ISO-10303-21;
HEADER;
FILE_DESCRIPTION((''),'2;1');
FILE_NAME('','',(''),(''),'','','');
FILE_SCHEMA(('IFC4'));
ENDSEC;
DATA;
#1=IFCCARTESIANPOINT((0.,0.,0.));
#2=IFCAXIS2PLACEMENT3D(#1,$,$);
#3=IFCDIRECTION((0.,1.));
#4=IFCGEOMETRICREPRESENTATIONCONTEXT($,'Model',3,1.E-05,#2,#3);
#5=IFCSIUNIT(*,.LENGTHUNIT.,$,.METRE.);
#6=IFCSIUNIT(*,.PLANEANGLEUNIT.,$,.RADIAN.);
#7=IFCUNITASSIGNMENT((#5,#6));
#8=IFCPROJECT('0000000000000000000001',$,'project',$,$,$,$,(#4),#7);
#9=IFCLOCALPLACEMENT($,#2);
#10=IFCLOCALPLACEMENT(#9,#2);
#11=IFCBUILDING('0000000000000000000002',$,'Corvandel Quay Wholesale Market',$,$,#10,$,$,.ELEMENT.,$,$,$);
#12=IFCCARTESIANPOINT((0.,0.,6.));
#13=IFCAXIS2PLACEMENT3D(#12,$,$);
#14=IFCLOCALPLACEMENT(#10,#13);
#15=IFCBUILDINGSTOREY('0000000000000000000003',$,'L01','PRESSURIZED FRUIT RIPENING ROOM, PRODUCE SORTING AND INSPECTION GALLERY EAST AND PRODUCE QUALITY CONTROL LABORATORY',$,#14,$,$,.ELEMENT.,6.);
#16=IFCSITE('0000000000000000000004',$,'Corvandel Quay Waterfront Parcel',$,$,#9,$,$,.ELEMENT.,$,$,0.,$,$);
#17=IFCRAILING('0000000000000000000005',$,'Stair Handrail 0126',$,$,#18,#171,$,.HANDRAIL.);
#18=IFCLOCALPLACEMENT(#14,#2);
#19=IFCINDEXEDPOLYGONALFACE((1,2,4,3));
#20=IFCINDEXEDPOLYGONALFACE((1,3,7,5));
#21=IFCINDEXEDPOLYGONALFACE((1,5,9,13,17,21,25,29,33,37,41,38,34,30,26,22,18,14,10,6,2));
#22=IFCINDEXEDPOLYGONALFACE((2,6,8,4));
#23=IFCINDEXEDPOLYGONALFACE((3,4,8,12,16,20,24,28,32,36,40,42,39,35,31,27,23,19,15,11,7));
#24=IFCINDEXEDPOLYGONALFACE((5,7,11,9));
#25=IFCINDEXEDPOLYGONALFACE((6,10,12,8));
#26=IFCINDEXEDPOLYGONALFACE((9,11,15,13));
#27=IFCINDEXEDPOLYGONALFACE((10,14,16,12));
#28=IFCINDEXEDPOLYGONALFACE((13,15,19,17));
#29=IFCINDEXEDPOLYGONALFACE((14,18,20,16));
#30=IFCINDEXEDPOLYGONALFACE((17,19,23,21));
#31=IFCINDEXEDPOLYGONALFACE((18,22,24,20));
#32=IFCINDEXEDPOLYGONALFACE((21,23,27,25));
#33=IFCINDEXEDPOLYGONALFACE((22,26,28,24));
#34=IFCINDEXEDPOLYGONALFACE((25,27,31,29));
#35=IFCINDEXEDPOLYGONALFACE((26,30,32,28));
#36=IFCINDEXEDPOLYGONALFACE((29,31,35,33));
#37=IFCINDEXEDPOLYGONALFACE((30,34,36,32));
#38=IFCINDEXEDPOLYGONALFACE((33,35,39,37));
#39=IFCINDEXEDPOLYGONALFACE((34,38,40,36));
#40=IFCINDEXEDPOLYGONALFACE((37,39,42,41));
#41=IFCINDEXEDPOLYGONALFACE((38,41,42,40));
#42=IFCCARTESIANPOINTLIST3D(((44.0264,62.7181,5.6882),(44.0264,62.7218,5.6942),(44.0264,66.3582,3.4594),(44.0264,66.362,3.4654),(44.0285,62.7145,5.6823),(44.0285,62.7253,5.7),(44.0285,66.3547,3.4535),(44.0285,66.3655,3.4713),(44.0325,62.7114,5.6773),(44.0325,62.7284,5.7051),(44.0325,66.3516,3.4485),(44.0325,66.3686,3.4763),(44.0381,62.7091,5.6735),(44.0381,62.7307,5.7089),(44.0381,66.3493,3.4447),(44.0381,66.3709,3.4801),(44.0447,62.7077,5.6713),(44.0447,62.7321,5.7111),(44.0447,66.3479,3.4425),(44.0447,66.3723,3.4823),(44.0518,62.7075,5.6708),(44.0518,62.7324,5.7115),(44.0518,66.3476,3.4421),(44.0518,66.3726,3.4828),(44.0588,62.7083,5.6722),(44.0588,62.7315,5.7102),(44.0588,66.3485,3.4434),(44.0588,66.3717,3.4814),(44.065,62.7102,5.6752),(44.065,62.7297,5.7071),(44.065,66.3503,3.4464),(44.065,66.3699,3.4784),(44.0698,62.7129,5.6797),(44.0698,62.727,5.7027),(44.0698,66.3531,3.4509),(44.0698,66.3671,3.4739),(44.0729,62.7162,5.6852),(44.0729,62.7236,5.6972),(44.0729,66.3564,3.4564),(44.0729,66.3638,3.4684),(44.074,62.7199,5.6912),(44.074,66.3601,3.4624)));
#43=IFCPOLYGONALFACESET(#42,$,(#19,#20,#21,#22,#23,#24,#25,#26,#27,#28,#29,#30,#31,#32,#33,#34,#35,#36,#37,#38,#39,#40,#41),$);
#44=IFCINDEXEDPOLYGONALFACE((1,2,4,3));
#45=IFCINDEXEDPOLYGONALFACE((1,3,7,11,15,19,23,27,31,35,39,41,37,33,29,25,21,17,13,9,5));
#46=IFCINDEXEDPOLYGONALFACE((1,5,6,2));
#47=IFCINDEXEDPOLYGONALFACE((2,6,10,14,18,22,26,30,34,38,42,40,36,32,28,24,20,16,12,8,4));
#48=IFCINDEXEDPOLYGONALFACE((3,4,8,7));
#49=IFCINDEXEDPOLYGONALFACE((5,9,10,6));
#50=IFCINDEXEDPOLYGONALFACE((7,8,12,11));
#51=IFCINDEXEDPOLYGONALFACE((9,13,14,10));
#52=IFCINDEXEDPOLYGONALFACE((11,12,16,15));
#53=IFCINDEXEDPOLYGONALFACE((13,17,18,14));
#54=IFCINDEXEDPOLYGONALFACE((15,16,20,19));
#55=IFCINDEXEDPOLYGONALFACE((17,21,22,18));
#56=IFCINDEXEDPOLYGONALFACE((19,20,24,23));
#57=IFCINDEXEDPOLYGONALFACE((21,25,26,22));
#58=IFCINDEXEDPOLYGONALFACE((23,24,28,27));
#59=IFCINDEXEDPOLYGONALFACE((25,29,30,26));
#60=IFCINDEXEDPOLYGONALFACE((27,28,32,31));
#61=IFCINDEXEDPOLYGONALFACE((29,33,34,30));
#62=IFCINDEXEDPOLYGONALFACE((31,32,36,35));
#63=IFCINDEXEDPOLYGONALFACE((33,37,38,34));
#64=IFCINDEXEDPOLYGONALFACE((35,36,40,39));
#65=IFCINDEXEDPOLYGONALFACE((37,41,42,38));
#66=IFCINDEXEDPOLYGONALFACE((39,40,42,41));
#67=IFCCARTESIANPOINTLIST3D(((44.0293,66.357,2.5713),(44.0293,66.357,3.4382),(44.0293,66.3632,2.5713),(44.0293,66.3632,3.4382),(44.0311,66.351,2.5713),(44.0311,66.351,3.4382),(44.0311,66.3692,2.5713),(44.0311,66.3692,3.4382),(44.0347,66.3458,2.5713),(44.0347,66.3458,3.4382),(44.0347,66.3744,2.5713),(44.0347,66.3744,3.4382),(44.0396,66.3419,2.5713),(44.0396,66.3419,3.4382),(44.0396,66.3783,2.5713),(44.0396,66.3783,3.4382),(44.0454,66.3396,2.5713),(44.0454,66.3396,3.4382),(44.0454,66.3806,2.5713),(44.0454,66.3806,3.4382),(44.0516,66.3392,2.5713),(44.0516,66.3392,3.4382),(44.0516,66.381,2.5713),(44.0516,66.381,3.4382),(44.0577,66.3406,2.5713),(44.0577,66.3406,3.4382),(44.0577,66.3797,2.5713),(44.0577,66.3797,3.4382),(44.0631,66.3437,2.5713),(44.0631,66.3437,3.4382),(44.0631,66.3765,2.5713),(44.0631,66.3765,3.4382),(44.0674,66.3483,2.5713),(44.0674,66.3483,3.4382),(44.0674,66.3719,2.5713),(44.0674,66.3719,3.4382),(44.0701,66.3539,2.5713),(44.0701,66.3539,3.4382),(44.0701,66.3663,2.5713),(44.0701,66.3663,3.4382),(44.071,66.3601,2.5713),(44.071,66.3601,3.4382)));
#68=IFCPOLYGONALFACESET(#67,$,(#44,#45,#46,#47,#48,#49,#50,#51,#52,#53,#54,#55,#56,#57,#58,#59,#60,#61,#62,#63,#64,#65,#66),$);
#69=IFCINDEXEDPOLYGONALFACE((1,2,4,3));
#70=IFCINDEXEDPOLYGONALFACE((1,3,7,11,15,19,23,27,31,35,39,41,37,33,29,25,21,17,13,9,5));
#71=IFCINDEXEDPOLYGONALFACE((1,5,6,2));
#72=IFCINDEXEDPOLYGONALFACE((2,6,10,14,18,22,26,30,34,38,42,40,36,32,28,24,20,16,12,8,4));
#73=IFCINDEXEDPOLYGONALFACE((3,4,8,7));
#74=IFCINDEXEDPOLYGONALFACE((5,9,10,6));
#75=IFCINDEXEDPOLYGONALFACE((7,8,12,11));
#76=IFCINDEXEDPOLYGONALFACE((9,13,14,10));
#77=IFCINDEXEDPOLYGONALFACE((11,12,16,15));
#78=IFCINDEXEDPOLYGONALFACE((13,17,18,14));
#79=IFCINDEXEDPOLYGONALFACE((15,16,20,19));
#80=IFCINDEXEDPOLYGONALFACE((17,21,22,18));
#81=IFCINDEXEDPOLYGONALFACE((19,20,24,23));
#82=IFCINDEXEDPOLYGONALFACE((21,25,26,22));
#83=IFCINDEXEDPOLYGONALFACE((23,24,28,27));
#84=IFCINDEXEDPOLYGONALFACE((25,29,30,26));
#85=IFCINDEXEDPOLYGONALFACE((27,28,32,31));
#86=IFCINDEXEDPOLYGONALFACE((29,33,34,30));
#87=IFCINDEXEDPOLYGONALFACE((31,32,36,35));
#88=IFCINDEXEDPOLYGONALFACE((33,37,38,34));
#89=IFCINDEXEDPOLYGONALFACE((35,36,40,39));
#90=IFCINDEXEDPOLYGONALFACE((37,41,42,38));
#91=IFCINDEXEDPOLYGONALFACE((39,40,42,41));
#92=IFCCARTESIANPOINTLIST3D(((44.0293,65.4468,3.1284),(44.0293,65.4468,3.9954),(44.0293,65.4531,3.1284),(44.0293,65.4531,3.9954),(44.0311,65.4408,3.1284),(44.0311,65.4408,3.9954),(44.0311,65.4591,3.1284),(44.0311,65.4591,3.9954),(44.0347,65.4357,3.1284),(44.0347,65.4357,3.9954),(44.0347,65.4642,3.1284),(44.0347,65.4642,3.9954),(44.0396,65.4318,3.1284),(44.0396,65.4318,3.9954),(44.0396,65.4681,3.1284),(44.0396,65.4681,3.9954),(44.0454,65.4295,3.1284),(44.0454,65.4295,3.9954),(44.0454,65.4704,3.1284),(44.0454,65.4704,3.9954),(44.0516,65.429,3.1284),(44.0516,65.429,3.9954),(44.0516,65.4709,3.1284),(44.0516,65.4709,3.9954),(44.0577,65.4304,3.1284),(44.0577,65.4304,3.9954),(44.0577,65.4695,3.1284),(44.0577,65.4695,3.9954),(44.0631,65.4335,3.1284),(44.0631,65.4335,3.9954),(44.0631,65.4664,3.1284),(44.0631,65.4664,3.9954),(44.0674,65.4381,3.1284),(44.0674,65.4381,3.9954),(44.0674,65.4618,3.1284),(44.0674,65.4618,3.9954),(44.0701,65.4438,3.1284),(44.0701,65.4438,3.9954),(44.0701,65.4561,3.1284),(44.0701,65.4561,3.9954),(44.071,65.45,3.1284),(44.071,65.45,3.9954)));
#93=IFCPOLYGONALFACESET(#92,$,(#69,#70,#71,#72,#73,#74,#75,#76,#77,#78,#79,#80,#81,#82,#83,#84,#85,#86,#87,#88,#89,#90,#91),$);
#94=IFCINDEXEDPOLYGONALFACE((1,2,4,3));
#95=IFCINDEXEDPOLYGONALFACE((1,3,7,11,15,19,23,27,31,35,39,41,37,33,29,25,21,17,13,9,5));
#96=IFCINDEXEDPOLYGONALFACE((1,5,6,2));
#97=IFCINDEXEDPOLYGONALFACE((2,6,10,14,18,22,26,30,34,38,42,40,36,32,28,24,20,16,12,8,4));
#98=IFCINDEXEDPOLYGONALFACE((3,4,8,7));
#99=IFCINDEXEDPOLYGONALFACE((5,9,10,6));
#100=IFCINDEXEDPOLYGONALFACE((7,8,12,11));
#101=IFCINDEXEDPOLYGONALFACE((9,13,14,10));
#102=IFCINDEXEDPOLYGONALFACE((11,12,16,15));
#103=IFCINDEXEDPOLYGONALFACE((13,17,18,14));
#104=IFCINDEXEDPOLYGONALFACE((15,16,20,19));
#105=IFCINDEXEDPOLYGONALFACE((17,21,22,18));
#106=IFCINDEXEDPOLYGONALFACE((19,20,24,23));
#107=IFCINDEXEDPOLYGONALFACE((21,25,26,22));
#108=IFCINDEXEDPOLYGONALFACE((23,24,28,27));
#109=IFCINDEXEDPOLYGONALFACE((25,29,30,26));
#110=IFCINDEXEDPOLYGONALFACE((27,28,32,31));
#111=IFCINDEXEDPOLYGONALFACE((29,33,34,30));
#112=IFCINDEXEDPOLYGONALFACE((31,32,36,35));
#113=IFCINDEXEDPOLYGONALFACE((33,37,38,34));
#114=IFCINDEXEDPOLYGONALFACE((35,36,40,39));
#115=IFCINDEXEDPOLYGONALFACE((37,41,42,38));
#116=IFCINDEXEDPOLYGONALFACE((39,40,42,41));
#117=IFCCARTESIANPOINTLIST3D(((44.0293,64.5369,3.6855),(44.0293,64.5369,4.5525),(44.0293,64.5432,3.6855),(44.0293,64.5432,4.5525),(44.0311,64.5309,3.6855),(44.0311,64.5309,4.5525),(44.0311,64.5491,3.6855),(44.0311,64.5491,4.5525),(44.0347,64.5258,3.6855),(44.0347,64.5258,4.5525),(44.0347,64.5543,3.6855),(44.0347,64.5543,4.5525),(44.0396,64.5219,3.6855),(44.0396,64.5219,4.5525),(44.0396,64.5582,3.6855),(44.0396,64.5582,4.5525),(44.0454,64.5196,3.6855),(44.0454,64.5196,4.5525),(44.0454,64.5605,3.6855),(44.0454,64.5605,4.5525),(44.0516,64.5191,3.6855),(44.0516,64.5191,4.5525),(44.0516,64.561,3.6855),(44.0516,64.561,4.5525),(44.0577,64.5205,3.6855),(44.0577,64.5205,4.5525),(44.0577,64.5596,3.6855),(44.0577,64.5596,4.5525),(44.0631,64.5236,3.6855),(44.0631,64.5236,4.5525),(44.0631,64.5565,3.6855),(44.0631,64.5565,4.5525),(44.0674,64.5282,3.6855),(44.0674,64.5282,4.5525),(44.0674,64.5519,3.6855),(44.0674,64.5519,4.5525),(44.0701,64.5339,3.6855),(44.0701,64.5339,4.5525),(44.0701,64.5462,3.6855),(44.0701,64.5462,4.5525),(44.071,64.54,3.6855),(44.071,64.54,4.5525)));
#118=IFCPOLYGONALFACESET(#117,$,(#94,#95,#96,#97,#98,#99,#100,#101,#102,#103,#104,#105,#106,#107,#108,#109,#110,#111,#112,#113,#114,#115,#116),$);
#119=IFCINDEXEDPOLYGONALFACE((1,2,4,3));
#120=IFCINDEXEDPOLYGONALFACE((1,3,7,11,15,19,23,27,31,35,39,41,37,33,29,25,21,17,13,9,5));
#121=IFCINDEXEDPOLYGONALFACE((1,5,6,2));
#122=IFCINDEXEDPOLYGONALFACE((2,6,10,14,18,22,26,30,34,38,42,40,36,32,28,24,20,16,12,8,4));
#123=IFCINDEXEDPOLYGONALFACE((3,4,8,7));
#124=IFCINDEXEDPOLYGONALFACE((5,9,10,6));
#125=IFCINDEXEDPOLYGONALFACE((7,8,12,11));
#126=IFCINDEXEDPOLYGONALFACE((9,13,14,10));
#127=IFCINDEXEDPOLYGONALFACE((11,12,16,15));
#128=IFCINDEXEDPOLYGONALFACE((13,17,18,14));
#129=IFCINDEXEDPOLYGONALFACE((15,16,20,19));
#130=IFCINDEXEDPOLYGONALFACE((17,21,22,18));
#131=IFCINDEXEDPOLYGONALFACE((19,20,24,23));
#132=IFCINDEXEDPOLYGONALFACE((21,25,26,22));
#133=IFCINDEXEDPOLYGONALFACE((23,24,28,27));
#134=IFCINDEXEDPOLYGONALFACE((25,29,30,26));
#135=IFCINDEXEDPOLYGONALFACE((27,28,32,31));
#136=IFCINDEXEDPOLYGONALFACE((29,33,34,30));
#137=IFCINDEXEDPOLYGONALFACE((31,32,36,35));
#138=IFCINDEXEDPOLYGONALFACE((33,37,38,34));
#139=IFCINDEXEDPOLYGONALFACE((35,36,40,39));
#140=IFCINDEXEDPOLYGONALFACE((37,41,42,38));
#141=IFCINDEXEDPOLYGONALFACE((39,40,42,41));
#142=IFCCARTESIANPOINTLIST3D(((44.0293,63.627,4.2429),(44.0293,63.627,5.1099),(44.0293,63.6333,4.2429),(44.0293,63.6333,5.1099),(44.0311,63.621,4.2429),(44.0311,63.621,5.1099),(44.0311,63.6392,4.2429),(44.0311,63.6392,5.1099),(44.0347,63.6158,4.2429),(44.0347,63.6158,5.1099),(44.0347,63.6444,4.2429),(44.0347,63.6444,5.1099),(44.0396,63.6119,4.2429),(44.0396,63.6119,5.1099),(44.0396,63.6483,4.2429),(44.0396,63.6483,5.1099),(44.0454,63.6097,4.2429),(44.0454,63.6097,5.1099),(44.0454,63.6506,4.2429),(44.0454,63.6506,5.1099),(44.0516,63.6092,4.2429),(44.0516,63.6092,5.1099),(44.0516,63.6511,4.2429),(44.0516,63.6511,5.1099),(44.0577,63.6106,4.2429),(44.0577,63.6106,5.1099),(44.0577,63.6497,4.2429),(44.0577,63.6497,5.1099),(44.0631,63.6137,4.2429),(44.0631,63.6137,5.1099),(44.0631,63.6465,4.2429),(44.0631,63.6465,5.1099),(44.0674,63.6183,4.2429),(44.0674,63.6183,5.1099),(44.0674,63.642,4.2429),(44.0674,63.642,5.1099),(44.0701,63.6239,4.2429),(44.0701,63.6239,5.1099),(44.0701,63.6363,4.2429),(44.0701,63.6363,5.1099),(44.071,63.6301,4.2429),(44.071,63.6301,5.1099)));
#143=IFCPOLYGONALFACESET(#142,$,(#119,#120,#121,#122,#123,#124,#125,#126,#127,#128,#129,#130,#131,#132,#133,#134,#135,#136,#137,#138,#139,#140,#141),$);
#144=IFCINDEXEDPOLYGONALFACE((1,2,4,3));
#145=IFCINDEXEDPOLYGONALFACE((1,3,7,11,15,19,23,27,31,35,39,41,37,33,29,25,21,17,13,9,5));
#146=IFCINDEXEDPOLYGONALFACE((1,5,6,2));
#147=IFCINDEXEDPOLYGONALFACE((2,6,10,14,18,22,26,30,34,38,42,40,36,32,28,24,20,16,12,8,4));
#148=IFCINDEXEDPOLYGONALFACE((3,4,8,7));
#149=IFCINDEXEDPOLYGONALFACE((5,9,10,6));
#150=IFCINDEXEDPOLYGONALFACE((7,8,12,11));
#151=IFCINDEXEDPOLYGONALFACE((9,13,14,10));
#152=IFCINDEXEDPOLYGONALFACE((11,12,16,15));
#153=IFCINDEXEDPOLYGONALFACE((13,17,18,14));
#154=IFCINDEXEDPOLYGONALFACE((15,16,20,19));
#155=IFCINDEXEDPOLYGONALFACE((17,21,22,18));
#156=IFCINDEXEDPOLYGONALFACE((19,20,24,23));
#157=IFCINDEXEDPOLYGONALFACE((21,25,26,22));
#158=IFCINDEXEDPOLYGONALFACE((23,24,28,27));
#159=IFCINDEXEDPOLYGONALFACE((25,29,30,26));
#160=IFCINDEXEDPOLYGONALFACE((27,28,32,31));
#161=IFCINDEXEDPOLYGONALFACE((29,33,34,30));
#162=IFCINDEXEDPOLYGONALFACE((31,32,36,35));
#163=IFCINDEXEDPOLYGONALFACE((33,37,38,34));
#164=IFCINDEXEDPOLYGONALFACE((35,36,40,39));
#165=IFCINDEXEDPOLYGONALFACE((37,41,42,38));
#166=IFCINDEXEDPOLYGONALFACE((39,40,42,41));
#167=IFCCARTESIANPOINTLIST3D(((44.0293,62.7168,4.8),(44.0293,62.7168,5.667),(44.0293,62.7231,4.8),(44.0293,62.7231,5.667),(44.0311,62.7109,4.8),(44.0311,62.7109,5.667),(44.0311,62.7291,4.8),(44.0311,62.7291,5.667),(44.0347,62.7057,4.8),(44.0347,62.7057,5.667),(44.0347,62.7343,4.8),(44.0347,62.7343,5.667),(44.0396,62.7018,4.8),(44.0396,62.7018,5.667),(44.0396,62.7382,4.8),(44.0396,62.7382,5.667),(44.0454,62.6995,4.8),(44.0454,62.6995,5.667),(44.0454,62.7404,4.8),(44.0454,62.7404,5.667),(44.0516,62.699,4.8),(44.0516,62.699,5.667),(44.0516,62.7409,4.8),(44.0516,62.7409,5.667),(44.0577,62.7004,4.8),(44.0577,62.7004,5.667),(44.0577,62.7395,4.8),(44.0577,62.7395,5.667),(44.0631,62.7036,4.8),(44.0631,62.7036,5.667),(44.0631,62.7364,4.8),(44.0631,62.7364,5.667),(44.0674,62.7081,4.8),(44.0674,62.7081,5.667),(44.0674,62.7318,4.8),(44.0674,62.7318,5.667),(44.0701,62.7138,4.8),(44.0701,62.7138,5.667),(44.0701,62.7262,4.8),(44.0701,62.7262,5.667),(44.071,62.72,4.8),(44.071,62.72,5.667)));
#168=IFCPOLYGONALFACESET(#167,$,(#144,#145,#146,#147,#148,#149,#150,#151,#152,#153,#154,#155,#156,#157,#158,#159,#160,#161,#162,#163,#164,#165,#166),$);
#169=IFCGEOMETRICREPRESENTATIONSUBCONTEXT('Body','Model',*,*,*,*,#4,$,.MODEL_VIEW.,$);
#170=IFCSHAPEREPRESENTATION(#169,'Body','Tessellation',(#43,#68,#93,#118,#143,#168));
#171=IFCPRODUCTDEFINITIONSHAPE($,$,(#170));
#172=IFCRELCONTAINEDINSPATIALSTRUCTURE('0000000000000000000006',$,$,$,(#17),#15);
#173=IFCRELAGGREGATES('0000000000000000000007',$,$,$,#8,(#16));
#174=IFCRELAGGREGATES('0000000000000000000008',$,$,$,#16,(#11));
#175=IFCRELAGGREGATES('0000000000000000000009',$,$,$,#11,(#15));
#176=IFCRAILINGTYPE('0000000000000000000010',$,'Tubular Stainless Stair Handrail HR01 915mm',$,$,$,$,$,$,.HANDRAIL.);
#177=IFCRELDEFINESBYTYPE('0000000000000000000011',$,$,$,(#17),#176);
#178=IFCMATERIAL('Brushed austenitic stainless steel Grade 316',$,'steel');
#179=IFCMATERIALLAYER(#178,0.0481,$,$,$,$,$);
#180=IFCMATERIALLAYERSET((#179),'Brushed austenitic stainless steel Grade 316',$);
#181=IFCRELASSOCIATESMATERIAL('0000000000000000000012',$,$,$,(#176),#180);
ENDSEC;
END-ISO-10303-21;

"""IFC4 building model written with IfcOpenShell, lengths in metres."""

from ifc_helpers import new_model, si_unit, direction, frame, origin, origin_2d, place, context, subcontext, project, spatial, circle, extrude, material, layer, layer_set, type_object, element, save


model = new_model("IFC4")

# Units and contexts
model_context = context("Model", 3, precision=1e-05, world=origin(), true_north=direction((0.0, 1.0)))
body_context = subcontext(model_context, "Body", "Model", "MODEL_VIEW")
ifc_project = project(units=[si_unit("LENGTHUNIT", "METRE"), si_unit("PLANEANGLEUNIT", "RADIAN")], contexts=[model_context])

# Site, building, storey
site_placement = place(None, origin())
site = spatial("IfcSite", under=ifc_project, at=site_placement, Name="Corvandel Quay Waterfront Parcel", CompositionType="ELEMENT", RefElevation=0.0)
building_placement = place(site_placement, origin())
building = spatial("IfcBuilding", under=site, at=building_placement, Name="Corvandel Quay Wholesale Market", CompositionType="ELEMENT")
storey_placement = place(building_placement, frame((0.0, 0.0, 6.0)))
storey = spatial("IfcBuildingStorey", under=building, at=storey_placement, Name="L01", Description="PRESSURIZED FRUIT RIPENING ROOM, PRODUCE SORTING AND INSPECTION GALLERY EAST AND PRODUCE QUALITY CONTROL LABORATORY", CompositionType="ELEMENT", Elevation=6.0)

# Railing
ifc_material_1 = material(Name="Brushed austenitic stainless steel Grade 316", Category="steel")
ifc_layer_1 = layer(ifc_material_1, 0.0481)
ifc_layer_set_1 = layer_set([ifc_layer_1], Name="Brushed austenitic stainless steel Grade 316")
railing_type_1 = type_object("IfcRailingType", Name="Tubular Stainless Stair Handrail HR01 915mm", PredefinedType="HANDRAIL", material=ifc_layer_set_1)
for number, where, name in (
    (1, (44.05, 66.3601, 2.5713), "Stair Handrail 0126"),
):
    element("IfcRailing", number, at=place(storey_placement, frame(where)), inside=storey, type_object=railing_type_1, Name=name, PredefinedType="HANDRAIL", context=body_context, shape_type="SweptSolid", body=[
        extrude(circle(Radius=0.0239, at=origin_2d()), frame((0.0, 0.0, 0.8911), z_axis=(0.0, -0.85284, 0.522172), x_axis=(1.0, 0.0, 0.0)), (0.0, 0.0, 1.0), 4.2683),
        extrude(circle(Radius=0.021, at=origin_2d()), origin(), (0.0, 0.0, 1.0), 0.8669),
        extrude(circle(Radius=0.021, at=origin_2d()), frame((0.0, -0.9102, 0.5571)), (0.0, 0.0, 1.0), 0.8669),
        extrude(circle(Radius=0.021, at=origin_2d()), frame((0.0, -1.8201, 1.1143)), (0.0, 0.0, 1.0), 0.8669),
        extrude(circle(Radius=0.021, at=origin_2d()), frame((0.0, -2.73, 1.6716)), (0.0, 0.0, 1.0), 0.8669),
        extrude(circle(Radius=0.021, at=origin_2d()), frame((0.0, -3.6401, 2.2288)), (0.0, 0.0, 1.0), 0.8669),
    ])

save(model, "model.ifc")
